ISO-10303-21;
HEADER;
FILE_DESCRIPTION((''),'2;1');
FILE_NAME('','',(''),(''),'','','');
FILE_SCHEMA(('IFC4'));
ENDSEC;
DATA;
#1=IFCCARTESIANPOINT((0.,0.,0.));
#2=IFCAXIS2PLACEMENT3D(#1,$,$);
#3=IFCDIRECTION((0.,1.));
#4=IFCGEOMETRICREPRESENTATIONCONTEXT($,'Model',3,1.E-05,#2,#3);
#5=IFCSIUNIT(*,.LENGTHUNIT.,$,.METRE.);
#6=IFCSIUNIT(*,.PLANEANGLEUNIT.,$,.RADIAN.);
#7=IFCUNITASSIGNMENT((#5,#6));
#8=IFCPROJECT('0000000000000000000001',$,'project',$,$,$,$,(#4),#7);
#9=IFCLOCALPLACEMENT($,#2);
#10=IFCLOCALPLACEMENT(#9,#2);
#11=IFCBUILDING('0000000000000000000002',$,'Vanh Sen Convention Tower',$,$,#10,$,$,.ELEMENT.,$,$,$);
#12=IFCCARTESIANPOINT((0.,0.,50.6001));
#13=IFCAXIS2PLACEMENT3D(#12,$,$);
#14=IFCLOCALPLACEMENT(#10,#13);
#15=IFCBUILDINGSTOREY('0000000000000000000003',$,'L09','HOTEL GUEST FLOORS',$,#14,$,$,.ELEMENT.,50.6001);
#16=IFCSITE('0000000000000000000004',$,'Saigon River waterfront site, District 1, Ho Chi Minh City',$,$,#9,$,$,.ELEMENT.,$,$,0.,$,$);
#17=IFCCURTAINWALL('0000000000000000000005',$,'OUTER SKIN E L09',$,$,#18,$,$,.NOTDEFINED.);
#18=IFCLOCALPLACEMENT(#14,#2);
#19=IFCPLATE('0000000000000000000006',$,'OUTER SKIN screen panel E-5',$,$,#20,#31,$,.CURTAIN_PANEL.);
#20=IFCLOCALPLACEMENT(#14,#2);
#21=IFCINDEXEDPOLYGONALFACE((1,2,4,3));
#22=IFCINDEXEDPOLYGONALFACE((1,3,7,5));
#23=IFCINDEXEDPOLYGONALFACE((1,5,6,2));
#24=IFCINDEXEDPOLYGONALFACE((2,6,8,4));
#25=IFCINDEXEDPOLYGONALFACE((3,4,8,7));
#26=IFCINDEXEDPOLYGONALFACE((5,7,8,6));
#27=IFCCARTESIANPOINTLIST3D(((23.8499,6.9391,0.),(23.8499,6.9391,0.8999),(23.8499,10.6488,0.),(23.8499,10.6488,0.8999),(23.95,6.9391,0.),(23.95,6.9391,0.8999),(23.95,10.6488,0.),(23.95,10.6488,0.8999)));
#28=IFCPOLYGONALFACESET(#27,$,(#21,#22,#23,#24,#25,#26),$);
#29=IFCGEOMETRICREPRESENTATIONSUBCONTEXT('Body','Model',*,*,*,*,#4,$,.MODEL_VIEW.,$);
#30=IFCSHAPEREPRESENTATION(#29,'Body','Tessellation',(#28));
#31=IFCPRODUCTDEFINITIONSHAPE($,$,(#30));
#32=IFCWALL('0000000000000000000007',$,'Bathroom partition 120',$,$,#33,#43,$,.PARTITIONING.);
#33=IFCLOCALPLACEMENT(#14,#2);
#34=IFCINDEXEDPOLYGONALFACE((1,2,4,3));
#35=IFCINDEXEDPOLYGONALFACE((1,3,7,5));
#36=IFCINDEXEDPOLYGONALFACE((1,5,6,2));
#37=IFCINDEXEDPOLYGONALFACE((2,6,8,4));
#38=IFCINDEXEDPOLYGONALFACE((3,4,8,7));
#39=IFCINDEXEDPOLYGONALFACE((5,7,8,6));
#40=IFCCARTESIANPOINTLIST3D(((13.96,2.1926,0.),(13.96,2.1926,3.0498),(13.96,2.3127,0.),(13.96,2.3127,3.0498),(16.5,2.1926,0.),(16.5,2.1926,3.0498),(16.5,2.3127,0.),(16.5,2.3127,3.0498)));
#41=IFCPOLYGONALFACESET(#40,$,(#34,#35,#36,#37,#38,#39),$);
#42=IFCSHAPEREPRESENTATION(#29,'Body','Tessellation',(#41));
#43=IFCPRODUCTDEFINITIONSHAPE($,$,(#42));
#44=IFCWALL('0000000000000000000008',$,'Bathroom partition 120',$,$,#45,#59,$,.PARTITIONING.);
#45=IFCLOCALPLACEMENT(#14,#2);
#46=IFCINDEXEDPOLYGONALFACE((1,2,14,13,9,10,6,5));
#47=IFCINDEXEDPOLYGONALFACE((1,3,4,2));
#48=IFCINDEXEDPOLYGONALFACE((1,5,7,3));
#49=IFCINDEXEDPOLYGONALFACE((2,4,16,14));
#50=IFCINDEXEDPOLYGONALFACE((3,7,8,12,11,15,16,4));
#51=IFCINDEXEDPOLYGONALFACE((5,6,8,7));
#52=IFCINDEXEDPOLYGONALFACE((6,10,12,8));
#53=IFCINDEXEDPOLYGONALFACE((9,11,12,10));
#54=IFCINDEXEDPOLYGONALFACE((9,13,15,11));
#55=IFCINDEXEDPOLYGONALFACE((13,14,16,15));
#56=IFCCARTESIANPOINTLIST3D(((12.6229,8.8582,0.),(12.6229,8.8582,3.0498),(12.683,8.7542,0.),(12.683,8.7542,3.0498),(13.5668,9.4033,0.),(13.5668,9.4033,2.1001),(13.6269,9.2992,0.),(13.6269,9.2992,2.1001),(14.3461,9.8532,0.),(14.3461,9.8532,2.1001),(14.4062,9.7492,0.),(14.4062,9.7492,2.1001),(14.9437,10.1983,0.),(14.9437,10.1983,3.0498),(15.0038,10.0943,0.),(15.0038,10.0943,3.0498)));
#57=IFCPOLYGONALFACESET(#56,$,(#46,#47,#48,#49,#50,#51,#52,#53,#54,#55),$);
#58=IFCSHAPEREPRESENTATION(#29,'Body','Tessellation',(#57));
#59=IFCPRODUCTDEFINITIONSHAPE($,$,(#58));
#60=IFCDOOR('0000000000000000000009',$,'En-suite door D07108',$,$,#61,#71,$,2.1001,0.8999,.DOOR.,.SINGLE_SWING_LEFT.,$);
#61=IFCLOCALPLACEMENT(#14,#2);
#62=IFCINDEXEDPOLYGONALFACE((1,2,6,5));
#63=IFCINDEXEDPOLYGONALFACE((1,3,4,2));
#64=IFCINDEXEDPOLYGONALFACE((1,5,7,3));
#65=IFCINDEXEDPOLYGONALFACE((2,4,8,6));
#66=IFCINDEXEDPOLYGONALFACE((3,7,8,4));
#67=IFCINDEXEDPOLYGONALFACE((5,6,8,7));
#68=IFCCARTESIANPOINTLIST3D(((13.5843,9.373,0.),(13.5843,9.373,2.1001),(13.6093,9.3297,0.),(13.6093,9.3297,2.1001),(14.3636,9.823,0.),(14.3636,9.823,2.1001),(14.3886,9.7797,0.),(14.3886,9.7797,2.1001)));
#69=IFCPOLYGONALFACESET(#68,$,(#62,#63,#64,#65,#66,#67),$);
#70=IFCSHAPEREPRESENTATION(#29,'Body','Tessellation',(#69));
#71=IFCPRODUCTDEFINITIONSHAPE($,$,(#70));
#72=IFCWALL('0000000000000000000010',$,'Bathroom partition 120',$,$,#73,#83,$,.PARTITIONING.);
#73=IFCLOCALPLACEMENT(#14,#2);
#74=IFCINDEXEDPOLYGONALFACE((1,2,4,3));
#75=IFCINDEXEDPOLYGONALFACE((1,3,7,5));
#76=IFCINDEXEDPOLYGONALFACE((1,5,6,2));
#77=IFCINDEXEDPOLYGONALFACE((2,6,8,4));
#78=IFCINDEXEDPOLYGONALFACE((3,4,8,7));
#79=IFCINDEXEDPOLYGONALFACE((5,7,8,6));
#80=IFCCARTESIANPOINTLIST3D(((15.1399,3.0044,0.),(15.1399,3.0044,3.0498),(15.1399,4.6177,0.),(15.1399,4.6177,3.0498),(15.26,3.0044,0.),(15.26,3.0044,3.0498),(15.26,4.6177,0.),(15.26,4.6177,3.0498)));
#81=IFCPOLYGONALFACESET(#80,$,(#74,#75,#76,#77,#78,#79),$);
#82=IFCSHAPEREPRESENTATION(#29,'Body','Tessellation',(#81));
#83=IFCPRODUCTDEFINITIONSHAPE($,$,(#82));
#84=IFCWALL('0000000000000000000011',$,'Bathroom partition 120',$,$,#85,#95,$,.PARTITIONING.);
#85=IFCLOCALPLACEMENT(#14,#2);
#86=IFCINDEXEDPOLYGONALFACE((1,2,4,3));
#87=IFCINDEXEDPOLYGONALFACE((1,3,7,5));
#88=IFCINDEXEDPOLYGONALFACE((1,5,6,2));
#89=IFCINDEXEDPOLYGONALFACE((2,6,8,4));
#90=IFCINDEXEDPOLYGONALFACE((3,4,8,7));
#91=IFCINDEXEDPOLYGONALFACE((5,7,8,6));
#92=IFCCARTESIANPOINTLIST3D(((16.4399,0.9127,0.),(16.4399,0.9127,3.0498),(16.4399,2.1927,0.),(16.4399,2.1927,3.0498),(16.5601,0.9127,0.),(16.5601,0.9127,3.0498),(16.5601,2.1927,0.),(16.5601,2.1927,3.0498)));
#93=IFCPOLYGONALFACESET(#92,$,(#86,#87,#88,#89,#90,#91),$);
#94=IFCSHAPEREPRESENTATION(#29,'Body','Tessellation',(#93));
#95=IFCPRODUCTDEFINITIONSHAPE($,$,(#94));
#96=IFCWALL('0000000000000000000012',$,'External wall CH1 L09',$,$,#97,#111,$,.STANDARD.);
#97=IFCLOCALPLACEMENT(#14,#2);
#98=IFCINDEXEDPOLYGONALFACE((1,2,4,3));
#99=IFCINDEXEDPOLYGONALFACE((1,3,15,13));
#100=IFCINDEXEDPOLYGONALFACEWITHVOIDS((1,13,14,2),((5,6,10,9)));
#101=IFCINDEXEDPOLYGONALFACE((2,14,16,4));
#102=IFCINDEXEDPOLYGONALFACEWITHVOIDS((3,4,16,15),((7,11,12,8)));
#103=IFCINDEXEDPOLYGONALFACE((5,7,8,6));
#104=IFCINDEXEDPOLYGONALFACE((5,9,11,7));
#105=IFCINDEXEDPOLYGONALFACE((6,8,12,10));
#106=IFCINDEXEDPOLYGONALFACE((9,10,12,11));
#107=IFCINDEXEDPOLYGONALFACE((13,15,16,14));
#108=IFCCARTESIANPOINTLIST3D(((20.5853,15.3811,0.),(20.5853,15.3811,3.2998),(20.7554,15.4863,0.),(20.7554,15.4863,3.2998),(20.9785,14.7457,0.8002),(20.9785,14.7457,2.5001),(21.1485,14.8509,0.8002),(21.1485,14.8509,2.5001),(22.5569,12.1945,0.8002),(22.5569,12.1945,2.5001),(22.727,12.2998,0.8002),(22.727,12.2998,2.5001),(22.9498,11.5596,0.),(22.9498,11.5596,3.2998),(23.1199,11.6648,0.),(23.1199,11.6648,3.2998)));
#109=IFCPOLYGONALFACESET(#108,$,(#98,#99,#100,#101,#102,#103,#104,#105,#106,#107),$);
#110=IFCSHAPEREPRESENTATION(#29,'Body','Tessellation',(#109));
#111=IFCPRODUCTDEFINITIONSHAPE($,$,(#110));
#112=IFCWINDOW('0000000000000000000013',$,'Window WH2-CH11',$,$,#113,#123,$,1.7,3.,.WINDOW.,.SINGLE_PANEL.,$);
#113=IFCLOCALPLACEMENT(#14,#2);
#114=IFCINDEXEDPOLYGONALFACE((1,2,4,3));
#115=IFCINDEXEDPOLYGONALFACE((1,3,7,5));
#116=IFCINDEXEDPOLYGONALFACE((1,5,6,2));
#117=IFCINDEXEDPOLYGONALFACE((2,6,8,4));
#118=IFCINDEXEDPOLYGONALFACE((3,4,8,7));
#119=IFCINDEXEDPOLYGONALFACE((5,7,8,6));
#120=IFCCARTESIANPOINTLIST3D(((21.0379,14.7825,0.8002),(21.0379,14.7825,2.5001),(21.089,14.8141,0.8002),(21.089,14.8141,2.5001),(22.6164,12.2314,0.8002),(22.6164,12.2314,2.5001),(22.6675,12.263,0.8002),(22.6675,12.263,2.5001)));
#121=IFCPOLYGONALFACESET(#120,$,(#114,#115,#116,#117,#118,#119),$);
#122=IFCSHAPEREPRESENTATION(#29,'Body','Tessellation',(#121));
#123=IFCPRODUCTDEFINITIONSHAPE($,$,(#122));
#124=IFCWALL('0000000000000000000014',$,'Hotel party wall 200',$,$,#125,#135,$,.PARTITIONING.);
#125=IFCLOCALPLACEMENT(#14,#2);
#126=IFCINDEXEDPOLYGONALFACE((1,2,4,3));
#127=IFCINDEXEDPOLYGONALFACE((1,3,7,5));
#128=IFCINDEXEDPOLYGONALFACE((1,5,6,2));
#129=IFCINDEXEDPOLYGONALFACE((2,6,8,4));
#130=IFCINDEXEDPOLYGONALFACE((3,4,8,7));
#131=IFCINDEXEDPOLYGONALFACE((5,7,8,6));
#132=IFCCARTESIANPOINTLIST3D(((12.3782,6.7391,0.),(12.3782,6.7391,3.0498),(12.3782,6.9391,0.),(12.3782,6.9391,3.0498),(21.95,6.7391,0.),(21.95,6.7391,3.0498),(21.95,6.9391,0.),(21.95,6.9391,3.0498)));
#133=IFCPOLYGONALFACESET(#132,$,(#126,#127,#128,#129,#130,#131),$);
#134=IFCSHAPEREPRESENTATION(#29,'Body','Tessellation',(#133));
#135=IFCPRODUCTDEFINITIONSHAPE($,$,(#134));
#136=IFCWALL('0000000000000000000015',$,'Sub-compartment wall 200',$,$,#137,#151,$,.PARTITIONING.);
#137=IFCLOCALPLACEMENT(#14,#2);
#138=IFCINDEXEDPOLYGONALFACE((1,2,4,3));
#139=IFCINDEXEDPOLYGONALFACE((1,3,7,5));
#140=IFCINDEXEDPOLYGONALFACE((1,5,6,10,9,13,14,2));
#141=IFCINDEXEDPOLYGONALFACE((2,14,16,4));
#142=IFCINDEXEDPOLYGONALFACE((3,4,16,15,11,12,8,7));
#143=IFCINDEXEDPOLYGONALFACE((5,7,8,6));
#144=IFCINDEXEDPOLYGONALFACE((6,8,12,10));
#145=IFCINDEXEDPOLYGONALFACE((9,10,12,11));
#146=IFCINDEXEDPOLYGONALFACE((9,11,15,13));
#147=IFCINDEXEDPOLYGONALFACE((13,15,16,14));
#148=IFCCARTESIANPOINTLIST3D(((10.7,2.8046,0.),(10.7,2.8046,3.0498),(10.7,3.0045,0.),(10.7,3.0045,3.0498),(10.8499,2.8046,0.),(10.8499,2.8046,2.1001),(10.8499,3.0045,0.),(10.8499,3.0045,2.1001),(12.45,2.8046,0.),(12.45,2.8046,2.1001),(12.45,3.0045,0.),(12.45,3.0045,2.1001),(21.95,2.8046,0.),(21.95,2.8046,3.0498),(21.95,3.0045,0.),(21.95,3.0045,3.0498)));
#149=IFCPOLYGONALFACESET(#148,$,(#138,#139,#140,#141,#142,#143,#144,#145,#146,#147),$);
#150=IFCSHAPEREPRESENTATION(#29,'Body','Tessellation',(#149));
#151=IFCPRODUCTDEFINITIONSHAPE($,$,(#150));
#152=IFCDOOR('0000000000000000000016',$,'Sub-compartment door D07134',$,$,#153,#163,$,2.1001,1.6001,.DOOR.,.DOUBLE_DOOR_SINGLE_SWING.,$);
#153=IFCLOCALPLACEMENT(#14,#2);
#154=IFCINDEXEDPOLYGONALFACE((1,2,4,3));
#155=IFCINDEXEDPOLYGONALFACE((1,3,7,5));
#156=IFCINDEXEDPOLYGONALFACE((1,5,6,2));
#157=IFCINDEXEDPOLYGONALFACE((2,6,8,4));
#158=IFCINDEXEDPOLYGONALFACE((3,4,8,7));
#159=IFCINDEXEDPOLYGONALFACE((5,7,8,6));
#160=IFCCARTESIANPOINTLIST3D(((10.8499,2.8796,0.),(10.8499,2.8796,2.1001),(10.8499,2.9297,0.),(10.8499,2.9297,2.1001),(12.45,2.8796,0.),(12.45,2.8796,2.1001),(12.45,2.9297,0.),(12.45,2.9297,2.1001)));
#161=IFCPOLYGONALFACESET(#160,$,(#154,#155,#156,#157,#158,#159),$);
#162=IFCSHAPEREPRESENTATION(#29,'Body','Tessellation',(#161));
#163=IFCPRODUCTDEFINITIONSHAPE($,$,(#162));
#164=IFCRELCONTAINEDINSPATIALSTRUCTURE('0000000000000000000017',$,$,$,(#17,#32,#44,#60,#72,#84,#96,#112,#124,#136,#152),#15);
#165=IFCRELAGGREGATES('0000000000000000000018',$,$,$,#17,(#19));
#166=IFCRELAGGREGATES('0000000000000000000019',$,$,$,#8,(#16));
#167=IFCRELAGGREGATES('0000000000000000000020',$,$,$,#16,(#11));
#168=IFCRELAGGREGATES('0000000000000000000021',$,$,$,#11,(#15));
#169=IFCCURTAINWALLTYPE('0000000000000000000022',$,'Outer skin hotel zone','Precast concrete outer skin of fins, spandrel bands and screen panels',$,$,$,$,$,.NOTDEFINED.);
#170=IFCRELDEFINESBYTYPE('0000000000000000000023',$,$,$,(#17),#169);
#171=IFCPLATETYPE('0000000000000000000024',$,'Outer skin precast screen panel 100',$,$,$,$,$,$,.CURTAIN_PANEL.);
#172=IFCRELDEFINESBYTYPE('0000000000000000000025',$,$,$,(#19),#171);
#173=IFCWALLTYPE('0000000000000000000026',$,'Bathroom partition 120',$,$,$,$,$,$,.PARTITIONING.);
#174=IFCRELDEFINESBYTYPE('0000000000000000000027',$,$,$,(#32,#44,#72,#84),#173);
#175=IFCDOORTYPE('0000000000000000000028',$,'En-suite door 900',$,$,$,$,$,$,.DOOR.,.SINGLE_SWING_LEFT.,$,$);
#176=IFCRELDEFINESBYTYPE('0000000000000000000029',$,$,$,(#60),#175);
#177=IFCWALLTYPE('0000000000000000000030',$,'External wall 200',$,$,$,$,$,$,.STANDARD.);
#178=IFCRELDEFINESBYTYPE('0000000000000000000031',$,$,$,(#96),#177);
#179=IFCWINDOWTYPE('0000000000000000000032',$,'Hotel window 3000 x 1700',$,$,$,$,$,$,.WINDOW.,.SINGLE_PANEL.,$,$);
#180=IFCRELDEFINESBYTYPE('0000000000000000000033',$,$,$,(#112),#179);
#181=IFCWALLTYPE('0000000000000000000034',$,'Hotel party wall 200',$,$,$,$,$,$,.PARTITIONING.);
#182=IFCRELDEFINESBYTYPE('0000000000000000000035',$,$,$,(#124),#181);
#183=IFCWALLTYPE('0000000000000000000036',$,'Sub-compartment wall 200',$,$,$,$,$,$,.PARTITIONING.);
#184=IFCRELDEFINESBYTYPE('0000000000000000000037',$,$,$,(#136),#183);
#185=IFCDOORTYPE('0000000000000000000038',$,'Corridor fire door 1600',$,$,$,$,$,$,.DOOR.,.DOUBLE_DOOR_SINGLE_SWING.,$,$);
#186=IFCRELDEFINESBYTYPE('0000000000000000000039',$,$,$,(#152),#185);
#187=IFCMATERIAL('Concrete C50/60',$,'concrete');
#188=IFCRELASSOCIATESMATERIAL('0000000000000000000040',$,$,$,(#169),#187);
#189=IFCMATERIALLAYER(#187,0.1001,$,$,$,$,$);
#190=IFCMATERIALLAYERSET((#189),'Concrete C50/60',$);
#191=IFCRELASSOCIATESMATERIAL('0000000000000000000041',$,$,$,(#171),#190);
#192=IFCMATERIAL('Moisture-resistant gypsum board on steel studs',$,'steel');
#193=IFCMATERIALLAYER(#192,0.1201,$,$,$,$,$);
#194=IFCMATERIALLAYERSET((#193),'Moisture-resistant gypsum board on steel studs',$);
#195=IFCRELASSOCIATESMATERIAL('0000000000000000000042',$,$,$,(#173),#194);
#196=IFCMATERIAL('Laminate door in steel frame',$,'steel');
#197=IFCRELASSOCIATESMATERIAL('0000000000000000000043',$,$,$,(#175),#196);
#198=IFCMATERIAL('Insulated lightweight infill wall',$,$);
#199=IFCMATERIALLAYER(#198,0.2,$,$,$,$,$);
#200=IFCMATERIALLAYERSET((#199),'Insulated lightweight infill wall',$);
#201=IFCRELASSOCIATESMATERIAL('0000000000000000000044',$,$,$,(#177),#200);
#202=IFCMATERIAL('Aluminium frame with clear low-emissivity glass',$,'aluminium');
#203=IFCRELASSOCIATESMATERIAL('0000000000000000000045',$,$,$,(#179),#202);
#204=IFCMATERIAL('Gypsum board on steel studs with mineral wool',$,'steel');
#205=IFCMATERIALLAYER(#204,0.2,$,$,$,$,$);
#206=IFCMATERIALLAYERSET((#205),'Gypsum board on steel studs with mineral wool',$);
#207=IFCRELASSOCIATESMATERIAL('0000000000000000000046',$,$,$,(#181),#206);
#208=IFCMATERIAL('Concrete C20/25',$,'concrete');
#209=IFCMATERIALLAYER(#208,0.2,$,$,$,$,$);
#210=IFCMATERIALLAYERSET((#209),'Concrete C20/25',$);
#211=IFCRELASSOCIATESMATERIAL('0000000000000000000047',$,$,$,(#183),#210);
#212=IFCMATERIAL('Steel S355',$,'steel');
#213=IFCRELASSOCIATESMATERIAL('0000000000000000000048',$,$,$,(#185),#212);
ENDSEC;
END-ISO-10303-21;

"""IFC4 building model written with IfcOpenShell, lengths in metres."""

from ifc_helpers import new_model, si_unit, direction, frame, frame_2d, origin, origin_2d, place, context, subcontext, project, spatial, rectangle, extrude, material, layer, layer_set, type_object, element, fill, aggregate, save


model = new_model("IFC4")

# Units and contexts
model_context = context("Model", 3, precision=1e-05, world=origin(), true_north=direction((0.0, 1.0)))
body_context = subcontext(model_context, "Body", "Model", "MODEL_VIEW")
ifc_project = project(units=[si_unit("LENGTHUNIT", "METRE"), si_unit("PLANEANGLEUNIT", "RADIAN")], contexts=[model_context])

# Site, building, storey
site_placement = place(None, origin())
site = spatial("IfcSite", under=ifc_project, at=site_placement, Name="Saigon River waterfront site, District 1, Ho Chi Minh City", CompositionType="ELEMENT", RefElevation=0.0)
building_placement = place(site_placement, origin())
building = spatial("IfcBuilding", under=site, at=building_placement, Name="Vanh Sen Convention Tower", CompositionType="ELEMENT")
storey_placement = place(building_placement, frame((0.0, 0.0, 50.6001)))
storey = spatial("IfcBuildingStorey", under=building, at=storey_placement, Name="L09", Description="HOTEL GUEST FLOORS", CompositionType="ELEMENT", Elevation=50.6001)

# Curtain wall
ifc_material_1 = material(Name="Concrete C50/60", Category="concrete")
curtain_wall_type = type_object("IfcCurtainWallType", Name="Outer skin hotel zone", Description="Precast concrete outer skin of fins, spandrel bands and screen panels", PredefinedType="NOTDEFINED", material=ifc_material_1)
curtain_wall_1_placement = place(storey_placement, origin())
curtain_wall_1 = element("IfcCurtainWall", 1, at=curtain_wall_1_placement, inside=storey, type_object=curtain_wall_type, Name="OUTER SKIN E L09", PredefinedType="NOTDEFINED")

# Plate
ifc_layer_1 = layer(ifc_material_1, 0.1001)
ifc_layer_set_1 = layer_set([ifc_layer_1], Name="Concrete C50/60")
plate_type = type_object("IfcPlateType", Name="Outer skin precast screen panel 100", PredefinedType="CURTAIN_PANEL", material=ifc_layer_set_1)
plate_1_placement = place(storey_placement, frame((23.8999, 8.7939, 0.0), z_axis=(0.0, 0.0, 1.0), x_axis=(0.0, 1.0, 0.0)))
plate_1 = element("IfcPlate", 2, at=plate_1_placement, type_object=plate_type, Name="OUTER SKIN screen panel E-5", PredefinedType="CURTAIN_PANEL", context=body_context, shape_type="SweptSolid", body=[
    extrude(rectangle(XDim=3.7097, YDim=0.1001, at=origin_2d()), origin(), (0.0, 0.0, 1.0), 0.8999),
])
aggregate(curtain_wall_1, [plate_1])

# Wall
ifc_material_2 = material(Name="Moisture-resistant gypsum board on steel studs", Category="steel")
ifc_layer_2 = layer(ifc_material_2, 0.1201)
ifc_layer_set_2 = layer_set([ifc_layer_2], Name="Moisture-resistant gypsum board on steel studs")
wall_type_1 = type_object("IfcWallType", Name="Bathroom partition 120", PredefinedType="PARTITIONING", material=ifc_layer_set_2)
wall_1_placement = place(storey_placement, frame((13.96, 2.2527, 0.0), z_axis=(0.0, 0.0, 1.0), x_axis=(1.0, 0.0, 0.0)))
element("IfcWall", 3, at=wall_1_placement, inside=storey, type_object=wall_type_1, Name="Bathroom partition 120", PredefinedType="PARTITIONING", context=body_context, shape_type="SweptSolid", body=[
    extrude(rectangle(XDim=2.54, YDim=0.1201, at=frame_2d((1.27, 0.0))), origin(), (0.0, 0.0, 1.0), 3.0498),
])

# Wall, opening, door
wall_2_placement = place(storey_placement, frame((14.9736, 10.1462, 0.0), z_axis=(0.0, 0.0, 1.0), x_axis=(-0.865997, -0.500048, 0.0)))
wall_2 = element("IfcWall", 4, at=wall_2_placement, inside=storey, type_object=wall_type_1, Name="Bathroom partition 120", PredefinedType="PARTITIONING", context=body_context, shape_type="SweptSolid", body=[
    extrude(rectangle(XDim=2.6799, YDim=0.1201, at=frame_2d((1.3398, 0.0))), origin(), (0.0, 0.0, 1.0), 3.0498),
])
opening_1_placement = place(wall_2_placement, frame((0.6899, 0.0, 0.0)))
opening_1 = element("IfcOpeningElement", 5, at=opening_1_placement, cuts=wall_2, PredefinedType="OPENING", context=body_context, shape_type="SweptSolid", body=[
    extrude(rectangle(XDim=0.8999, YDim=2.1001, at=frame_2d((0.45, 1.05))), frame((0.0, 0.0701, 0.0), z_axis=(0.0, -1.0, 0.0), x_axis=(1.0, 0.0, 0.0)), (0.0, 0.0, 1.0), 0.1401),
])
ifc_material_3 = material(Name="Laminate door in steel frame", Category="steel")
door_type_1 = type_object("IfcDoorType", Name="En-suite door 900", OperationType="SINGLE_SWING_LEFT", PredefinedType="DOOR", material=ifc_material_3)
door_1_placement = place(opening_1_placement, origin())
door_1 = element("IfcDoor", 6, at=door_1_placement, inside=storey, type_object=door_type_1, Name="En-suite door D07108", OperationType="SINGLE_SWING_LEFT", OverallHeight=2.1001, OverallWidth=0.8999, PredefinedType="DOOR", context=body_context, shape_type="SweptSolid", body=[
    extrude(rectangle(XDim=0.8999, YDim=2.1001, at=frame_2d((0.45, 1.05))), frame((0.0, 0.0249, 0.0), z_axis=(0.0, -1.0, 0.0), x_axis=(1.0, 0.0, 0.0)), (0.0, 0.0, 1.0), 0.05),
])
fill(opening_1, door_1)

# Walls
wall_3_placement = place(storey_placement, frame((15.2, 4.6177, 0.0), z_axis=(0.0, 0.0, 1.0), x_axis=(0.0, -1.0, 0.0)))
element("IfcWall", 7, at=wall_3_placement, inside=storey, type_object=wall_type_1, Name="Bathroom partition 120", PredefinedType="PARTITIONING", context=body_context, shape_type="SweptSolid", body=[
    extrude(rectangle(XDim=1.6133, YDim=0.1201, at=frame_2d((0.8066, 0.0))), origin(), (0.0, 0.0, 1.0), 3.0498),
])
wall_4_placement = place(storey_placement, frame((16.5, 2.1929, 0.0), z_axis=(0.0, 0.0, 1.0), x_axis=(0.0, -1.0, 0.0)))
element("IfcWall", 8, at=wall_4_placement, inside=storey, type_object=wall_type_1, Name="Bathroom partition 120", PredefinedType="PARTITIONING", context=body_context, shape_type="SweptSolid", body=[
    extrude(rectangle(XDim=1.28, YDim=0.1201, at=frame_2d((0.6401, 0.0))), origin(), (0.0, 0.0, 1.0), 3.0498),
])

# Wall, opening, window
ifc_material_4 = material(Name="Insulated lightweight infill wall")
ifc_layer_3 = layer(ifc_material_4, 0.2)
ifc_layer_set_3 = layer_set([ifc_layer_3], Name="Insulated lightweight infill wall")
wall_type_2 = type_object("IfcWallType", Name="External wall 200", PredefinedType="STANDARD", material=ifc_layer_set_3)
wall_5_placement = place(storey_placement, frame((23.0349, 11.6121, 0.0), z_axis=(0.0, 0.0, 1.0), x_axis=(-0.52616, 0.850386, 0.0)))
wall_5 = element("IfcWall", 9, at=wall_5_placement, inside=storey, type_object=wall_type_2, Name="External wall CH1 L09", PredefinedType="STANDARD", context=body_context, shape_type="SweptSolid", body=[
    extrude(rectangle(XDim=4.4939, YDim=0.2, at=frame_2d((2.2471, 0.0))), origin(), (0.0, 0.0, 1.0), 3.2998),
])
opening_2_placement = place(wall_5_placement, frame((0.7468, 0.0, 0.8)))
opening_2 = element("IfcOpeningElement", 10, at=opening_2_placement, cuts=wall_5, PredefinedType="OPENING", context=body_context, shape_type="SweptSolid", body=[
    extrude(rectangle(XDim=3.0, YDim=1.7, at=frame_2d((1.5, 0.8501))), frame((0.0, 0.1099, 0.0), z_axis=(0.0, -1.0, 0.0), x_axis=(1.0, 0.0, 0.0)), (0.0, 0.0, 1.0), 0.22),
])
ifc_material_5 = material(Name="Aluminium frame with clear low-emissivity glass", Category="aluminium")
window_type = type_object("IfcWindowType", Name="Hotel window 3000 x 1700", PartitioningType="SINGLE_PANEL", PredefinedType="WINDOW", material=ifc_material_5)
window_placement = place(opening_2_placement, origin())
window = element("IfcWindow", 11, at=window_placement, inside=storey, type_object=window_type, Name="Window WH2-CH11", OverallHeight=1.7, OverallWidth=3.0, PartitioningType="SINGLE_PANEL", PredefinedType="WINDOW", context=body_context, shape_type="SweptSolid", body=[
    extrude(rectangle(XDim=3.0, YDim=1.7, at=frame_2d((1.5, 0.8501))), frame((0.0, 0.03, 0.0), z_axis=(0.0, -1.0, 0.0), x_axis=(1.0, 0.0, 0.0)), (0.0, 0.0, 1.0), 0.0601),
])
fill(opening_2, window)

# Wall
ifc_material_6 = material(Name="Gypsum board on steel studs with mineral wool", Category="steel")
ifc_layer_4 = layer(ifc_material_6, 0.2)
ifc_layer_set_4 = layer_set([ifc_layer_4], Name="Gypsum board on steel studs with mineral wool")
wall_type_3 = type_object("IfcWallType", Name="Hotel party wall 200", PredefinedType="PARTITIONING", material=ifc_layer_set_4)
wall_6_placement = place(storey_placement, frame((21.95, 6.8391, 0.0), z_axis=(0.0, 0.0, 1.0), x_axis=(-1.0, 0.0, 0.0)))
element("IfcWall", 12, at=wall_6_placement, inside=storey, type_object=wall_type_3, Name="Hotel party wall 200", PredefinedType="PARTITIONING", context=body_context, shape_type="SweptSolid", body=[
    extrude(rectangle(XDim=9.5718, YDim=0.2, at=frame_2d((4.7859, 0.0))), origin(), (0.0, 0.0, 1.0), 3.0498),
])

# Wall, opening, door
ifc_material_7 = material(Name="Concrete C20/25", Category="concrete")
ifc_layer_5 = layer(ifc_material_7, 0.2)
ifc_layer_set_5 = layer_set([ifc_layer_5], Name="Concrete C20/25")
wall_type_4 = type_object("IfcWallType", Name="Sub-compartment wall 200", PredefinedType="PARTITIONING", material=ifc_layer_set_5)
wall_7_placement = place(storey_placement, frame((21.95, 2.9045, 0.0), z_axis=(0.0, 0.0, 1.0), x_axis=(-1.0, 0.0, 0.0)))
wall_7 = element("IfcWall", 13, at=wall_7_placement, inside=storey, type_object=wall_type_4, Name="Sub-compartment wall 200", PredefinedType="PARTITIONING", context=body_context, shape_type="SweptSolid", body=[
    extrude(rectangle(XDim=11.25, YDim=0.2, at=frame_2d((5.625, 0.0))), origin(), (0.0, 0.0, 1.0), 3.0498),
])
opening_3_placement = place(wall_7_placement, frame((9.5, 0.0, 0.0)))
opening_3 = element("IfcOpeningElement", 14, at=opening_3_placement, cuts=wall_7, PredefinedType="OPENING", context=body_context, shape_type="SweptSolid", body=[
    extrude(rectangle(XDim=1.6001, YDim=2.1001, at=frame_2d((0.8, 1.05))), frame((0.0, 0.1099, 0.0), z_axis=(0.0, -1.0, 0.0), x_axis=(1.0, 0.0, 0.0)), (0.0, 0.0, 1.0), 0.22),
])
ifc_material_8 = material(Name="Steel S355", Category="steel")
door_type_2 = type_object("IfcDoorType", Name="Corridor fire door 1600", OperationType="DOUBLE_DOOR_SINGLE_SWING", PredefinedType="DOOR", material=ifc_material_8)
door_2_placement = place(opening_3_placement, origin())
door_2 = element("IfcDoor", 15, at=door_2_placement, inside=storey, type_object=door_type_2, Name="Sub-compartment door D07134", OperationType="DOUBLE_DOOR_SINGLE_SWING", OverallHeight=2.1001, OverallWidth=1.6001, PredefinedType="DOOR", context=body_context, shape_type="SweptSolid", body=[
    extrude(rectangle(XDim=1.6001, YDim=2.1001, at=frame_2d((0.8, 1.05))), frame((0.0, 0.0249, 0.0), z_axis=(0.0, -1.0, 0.0), x_axis=(1.0, 0.0, 0.0)), (0.0, 0.0, 1.0), 0.05),
])
fill(opening_3, door_2)

save(model, "model.ifc")
